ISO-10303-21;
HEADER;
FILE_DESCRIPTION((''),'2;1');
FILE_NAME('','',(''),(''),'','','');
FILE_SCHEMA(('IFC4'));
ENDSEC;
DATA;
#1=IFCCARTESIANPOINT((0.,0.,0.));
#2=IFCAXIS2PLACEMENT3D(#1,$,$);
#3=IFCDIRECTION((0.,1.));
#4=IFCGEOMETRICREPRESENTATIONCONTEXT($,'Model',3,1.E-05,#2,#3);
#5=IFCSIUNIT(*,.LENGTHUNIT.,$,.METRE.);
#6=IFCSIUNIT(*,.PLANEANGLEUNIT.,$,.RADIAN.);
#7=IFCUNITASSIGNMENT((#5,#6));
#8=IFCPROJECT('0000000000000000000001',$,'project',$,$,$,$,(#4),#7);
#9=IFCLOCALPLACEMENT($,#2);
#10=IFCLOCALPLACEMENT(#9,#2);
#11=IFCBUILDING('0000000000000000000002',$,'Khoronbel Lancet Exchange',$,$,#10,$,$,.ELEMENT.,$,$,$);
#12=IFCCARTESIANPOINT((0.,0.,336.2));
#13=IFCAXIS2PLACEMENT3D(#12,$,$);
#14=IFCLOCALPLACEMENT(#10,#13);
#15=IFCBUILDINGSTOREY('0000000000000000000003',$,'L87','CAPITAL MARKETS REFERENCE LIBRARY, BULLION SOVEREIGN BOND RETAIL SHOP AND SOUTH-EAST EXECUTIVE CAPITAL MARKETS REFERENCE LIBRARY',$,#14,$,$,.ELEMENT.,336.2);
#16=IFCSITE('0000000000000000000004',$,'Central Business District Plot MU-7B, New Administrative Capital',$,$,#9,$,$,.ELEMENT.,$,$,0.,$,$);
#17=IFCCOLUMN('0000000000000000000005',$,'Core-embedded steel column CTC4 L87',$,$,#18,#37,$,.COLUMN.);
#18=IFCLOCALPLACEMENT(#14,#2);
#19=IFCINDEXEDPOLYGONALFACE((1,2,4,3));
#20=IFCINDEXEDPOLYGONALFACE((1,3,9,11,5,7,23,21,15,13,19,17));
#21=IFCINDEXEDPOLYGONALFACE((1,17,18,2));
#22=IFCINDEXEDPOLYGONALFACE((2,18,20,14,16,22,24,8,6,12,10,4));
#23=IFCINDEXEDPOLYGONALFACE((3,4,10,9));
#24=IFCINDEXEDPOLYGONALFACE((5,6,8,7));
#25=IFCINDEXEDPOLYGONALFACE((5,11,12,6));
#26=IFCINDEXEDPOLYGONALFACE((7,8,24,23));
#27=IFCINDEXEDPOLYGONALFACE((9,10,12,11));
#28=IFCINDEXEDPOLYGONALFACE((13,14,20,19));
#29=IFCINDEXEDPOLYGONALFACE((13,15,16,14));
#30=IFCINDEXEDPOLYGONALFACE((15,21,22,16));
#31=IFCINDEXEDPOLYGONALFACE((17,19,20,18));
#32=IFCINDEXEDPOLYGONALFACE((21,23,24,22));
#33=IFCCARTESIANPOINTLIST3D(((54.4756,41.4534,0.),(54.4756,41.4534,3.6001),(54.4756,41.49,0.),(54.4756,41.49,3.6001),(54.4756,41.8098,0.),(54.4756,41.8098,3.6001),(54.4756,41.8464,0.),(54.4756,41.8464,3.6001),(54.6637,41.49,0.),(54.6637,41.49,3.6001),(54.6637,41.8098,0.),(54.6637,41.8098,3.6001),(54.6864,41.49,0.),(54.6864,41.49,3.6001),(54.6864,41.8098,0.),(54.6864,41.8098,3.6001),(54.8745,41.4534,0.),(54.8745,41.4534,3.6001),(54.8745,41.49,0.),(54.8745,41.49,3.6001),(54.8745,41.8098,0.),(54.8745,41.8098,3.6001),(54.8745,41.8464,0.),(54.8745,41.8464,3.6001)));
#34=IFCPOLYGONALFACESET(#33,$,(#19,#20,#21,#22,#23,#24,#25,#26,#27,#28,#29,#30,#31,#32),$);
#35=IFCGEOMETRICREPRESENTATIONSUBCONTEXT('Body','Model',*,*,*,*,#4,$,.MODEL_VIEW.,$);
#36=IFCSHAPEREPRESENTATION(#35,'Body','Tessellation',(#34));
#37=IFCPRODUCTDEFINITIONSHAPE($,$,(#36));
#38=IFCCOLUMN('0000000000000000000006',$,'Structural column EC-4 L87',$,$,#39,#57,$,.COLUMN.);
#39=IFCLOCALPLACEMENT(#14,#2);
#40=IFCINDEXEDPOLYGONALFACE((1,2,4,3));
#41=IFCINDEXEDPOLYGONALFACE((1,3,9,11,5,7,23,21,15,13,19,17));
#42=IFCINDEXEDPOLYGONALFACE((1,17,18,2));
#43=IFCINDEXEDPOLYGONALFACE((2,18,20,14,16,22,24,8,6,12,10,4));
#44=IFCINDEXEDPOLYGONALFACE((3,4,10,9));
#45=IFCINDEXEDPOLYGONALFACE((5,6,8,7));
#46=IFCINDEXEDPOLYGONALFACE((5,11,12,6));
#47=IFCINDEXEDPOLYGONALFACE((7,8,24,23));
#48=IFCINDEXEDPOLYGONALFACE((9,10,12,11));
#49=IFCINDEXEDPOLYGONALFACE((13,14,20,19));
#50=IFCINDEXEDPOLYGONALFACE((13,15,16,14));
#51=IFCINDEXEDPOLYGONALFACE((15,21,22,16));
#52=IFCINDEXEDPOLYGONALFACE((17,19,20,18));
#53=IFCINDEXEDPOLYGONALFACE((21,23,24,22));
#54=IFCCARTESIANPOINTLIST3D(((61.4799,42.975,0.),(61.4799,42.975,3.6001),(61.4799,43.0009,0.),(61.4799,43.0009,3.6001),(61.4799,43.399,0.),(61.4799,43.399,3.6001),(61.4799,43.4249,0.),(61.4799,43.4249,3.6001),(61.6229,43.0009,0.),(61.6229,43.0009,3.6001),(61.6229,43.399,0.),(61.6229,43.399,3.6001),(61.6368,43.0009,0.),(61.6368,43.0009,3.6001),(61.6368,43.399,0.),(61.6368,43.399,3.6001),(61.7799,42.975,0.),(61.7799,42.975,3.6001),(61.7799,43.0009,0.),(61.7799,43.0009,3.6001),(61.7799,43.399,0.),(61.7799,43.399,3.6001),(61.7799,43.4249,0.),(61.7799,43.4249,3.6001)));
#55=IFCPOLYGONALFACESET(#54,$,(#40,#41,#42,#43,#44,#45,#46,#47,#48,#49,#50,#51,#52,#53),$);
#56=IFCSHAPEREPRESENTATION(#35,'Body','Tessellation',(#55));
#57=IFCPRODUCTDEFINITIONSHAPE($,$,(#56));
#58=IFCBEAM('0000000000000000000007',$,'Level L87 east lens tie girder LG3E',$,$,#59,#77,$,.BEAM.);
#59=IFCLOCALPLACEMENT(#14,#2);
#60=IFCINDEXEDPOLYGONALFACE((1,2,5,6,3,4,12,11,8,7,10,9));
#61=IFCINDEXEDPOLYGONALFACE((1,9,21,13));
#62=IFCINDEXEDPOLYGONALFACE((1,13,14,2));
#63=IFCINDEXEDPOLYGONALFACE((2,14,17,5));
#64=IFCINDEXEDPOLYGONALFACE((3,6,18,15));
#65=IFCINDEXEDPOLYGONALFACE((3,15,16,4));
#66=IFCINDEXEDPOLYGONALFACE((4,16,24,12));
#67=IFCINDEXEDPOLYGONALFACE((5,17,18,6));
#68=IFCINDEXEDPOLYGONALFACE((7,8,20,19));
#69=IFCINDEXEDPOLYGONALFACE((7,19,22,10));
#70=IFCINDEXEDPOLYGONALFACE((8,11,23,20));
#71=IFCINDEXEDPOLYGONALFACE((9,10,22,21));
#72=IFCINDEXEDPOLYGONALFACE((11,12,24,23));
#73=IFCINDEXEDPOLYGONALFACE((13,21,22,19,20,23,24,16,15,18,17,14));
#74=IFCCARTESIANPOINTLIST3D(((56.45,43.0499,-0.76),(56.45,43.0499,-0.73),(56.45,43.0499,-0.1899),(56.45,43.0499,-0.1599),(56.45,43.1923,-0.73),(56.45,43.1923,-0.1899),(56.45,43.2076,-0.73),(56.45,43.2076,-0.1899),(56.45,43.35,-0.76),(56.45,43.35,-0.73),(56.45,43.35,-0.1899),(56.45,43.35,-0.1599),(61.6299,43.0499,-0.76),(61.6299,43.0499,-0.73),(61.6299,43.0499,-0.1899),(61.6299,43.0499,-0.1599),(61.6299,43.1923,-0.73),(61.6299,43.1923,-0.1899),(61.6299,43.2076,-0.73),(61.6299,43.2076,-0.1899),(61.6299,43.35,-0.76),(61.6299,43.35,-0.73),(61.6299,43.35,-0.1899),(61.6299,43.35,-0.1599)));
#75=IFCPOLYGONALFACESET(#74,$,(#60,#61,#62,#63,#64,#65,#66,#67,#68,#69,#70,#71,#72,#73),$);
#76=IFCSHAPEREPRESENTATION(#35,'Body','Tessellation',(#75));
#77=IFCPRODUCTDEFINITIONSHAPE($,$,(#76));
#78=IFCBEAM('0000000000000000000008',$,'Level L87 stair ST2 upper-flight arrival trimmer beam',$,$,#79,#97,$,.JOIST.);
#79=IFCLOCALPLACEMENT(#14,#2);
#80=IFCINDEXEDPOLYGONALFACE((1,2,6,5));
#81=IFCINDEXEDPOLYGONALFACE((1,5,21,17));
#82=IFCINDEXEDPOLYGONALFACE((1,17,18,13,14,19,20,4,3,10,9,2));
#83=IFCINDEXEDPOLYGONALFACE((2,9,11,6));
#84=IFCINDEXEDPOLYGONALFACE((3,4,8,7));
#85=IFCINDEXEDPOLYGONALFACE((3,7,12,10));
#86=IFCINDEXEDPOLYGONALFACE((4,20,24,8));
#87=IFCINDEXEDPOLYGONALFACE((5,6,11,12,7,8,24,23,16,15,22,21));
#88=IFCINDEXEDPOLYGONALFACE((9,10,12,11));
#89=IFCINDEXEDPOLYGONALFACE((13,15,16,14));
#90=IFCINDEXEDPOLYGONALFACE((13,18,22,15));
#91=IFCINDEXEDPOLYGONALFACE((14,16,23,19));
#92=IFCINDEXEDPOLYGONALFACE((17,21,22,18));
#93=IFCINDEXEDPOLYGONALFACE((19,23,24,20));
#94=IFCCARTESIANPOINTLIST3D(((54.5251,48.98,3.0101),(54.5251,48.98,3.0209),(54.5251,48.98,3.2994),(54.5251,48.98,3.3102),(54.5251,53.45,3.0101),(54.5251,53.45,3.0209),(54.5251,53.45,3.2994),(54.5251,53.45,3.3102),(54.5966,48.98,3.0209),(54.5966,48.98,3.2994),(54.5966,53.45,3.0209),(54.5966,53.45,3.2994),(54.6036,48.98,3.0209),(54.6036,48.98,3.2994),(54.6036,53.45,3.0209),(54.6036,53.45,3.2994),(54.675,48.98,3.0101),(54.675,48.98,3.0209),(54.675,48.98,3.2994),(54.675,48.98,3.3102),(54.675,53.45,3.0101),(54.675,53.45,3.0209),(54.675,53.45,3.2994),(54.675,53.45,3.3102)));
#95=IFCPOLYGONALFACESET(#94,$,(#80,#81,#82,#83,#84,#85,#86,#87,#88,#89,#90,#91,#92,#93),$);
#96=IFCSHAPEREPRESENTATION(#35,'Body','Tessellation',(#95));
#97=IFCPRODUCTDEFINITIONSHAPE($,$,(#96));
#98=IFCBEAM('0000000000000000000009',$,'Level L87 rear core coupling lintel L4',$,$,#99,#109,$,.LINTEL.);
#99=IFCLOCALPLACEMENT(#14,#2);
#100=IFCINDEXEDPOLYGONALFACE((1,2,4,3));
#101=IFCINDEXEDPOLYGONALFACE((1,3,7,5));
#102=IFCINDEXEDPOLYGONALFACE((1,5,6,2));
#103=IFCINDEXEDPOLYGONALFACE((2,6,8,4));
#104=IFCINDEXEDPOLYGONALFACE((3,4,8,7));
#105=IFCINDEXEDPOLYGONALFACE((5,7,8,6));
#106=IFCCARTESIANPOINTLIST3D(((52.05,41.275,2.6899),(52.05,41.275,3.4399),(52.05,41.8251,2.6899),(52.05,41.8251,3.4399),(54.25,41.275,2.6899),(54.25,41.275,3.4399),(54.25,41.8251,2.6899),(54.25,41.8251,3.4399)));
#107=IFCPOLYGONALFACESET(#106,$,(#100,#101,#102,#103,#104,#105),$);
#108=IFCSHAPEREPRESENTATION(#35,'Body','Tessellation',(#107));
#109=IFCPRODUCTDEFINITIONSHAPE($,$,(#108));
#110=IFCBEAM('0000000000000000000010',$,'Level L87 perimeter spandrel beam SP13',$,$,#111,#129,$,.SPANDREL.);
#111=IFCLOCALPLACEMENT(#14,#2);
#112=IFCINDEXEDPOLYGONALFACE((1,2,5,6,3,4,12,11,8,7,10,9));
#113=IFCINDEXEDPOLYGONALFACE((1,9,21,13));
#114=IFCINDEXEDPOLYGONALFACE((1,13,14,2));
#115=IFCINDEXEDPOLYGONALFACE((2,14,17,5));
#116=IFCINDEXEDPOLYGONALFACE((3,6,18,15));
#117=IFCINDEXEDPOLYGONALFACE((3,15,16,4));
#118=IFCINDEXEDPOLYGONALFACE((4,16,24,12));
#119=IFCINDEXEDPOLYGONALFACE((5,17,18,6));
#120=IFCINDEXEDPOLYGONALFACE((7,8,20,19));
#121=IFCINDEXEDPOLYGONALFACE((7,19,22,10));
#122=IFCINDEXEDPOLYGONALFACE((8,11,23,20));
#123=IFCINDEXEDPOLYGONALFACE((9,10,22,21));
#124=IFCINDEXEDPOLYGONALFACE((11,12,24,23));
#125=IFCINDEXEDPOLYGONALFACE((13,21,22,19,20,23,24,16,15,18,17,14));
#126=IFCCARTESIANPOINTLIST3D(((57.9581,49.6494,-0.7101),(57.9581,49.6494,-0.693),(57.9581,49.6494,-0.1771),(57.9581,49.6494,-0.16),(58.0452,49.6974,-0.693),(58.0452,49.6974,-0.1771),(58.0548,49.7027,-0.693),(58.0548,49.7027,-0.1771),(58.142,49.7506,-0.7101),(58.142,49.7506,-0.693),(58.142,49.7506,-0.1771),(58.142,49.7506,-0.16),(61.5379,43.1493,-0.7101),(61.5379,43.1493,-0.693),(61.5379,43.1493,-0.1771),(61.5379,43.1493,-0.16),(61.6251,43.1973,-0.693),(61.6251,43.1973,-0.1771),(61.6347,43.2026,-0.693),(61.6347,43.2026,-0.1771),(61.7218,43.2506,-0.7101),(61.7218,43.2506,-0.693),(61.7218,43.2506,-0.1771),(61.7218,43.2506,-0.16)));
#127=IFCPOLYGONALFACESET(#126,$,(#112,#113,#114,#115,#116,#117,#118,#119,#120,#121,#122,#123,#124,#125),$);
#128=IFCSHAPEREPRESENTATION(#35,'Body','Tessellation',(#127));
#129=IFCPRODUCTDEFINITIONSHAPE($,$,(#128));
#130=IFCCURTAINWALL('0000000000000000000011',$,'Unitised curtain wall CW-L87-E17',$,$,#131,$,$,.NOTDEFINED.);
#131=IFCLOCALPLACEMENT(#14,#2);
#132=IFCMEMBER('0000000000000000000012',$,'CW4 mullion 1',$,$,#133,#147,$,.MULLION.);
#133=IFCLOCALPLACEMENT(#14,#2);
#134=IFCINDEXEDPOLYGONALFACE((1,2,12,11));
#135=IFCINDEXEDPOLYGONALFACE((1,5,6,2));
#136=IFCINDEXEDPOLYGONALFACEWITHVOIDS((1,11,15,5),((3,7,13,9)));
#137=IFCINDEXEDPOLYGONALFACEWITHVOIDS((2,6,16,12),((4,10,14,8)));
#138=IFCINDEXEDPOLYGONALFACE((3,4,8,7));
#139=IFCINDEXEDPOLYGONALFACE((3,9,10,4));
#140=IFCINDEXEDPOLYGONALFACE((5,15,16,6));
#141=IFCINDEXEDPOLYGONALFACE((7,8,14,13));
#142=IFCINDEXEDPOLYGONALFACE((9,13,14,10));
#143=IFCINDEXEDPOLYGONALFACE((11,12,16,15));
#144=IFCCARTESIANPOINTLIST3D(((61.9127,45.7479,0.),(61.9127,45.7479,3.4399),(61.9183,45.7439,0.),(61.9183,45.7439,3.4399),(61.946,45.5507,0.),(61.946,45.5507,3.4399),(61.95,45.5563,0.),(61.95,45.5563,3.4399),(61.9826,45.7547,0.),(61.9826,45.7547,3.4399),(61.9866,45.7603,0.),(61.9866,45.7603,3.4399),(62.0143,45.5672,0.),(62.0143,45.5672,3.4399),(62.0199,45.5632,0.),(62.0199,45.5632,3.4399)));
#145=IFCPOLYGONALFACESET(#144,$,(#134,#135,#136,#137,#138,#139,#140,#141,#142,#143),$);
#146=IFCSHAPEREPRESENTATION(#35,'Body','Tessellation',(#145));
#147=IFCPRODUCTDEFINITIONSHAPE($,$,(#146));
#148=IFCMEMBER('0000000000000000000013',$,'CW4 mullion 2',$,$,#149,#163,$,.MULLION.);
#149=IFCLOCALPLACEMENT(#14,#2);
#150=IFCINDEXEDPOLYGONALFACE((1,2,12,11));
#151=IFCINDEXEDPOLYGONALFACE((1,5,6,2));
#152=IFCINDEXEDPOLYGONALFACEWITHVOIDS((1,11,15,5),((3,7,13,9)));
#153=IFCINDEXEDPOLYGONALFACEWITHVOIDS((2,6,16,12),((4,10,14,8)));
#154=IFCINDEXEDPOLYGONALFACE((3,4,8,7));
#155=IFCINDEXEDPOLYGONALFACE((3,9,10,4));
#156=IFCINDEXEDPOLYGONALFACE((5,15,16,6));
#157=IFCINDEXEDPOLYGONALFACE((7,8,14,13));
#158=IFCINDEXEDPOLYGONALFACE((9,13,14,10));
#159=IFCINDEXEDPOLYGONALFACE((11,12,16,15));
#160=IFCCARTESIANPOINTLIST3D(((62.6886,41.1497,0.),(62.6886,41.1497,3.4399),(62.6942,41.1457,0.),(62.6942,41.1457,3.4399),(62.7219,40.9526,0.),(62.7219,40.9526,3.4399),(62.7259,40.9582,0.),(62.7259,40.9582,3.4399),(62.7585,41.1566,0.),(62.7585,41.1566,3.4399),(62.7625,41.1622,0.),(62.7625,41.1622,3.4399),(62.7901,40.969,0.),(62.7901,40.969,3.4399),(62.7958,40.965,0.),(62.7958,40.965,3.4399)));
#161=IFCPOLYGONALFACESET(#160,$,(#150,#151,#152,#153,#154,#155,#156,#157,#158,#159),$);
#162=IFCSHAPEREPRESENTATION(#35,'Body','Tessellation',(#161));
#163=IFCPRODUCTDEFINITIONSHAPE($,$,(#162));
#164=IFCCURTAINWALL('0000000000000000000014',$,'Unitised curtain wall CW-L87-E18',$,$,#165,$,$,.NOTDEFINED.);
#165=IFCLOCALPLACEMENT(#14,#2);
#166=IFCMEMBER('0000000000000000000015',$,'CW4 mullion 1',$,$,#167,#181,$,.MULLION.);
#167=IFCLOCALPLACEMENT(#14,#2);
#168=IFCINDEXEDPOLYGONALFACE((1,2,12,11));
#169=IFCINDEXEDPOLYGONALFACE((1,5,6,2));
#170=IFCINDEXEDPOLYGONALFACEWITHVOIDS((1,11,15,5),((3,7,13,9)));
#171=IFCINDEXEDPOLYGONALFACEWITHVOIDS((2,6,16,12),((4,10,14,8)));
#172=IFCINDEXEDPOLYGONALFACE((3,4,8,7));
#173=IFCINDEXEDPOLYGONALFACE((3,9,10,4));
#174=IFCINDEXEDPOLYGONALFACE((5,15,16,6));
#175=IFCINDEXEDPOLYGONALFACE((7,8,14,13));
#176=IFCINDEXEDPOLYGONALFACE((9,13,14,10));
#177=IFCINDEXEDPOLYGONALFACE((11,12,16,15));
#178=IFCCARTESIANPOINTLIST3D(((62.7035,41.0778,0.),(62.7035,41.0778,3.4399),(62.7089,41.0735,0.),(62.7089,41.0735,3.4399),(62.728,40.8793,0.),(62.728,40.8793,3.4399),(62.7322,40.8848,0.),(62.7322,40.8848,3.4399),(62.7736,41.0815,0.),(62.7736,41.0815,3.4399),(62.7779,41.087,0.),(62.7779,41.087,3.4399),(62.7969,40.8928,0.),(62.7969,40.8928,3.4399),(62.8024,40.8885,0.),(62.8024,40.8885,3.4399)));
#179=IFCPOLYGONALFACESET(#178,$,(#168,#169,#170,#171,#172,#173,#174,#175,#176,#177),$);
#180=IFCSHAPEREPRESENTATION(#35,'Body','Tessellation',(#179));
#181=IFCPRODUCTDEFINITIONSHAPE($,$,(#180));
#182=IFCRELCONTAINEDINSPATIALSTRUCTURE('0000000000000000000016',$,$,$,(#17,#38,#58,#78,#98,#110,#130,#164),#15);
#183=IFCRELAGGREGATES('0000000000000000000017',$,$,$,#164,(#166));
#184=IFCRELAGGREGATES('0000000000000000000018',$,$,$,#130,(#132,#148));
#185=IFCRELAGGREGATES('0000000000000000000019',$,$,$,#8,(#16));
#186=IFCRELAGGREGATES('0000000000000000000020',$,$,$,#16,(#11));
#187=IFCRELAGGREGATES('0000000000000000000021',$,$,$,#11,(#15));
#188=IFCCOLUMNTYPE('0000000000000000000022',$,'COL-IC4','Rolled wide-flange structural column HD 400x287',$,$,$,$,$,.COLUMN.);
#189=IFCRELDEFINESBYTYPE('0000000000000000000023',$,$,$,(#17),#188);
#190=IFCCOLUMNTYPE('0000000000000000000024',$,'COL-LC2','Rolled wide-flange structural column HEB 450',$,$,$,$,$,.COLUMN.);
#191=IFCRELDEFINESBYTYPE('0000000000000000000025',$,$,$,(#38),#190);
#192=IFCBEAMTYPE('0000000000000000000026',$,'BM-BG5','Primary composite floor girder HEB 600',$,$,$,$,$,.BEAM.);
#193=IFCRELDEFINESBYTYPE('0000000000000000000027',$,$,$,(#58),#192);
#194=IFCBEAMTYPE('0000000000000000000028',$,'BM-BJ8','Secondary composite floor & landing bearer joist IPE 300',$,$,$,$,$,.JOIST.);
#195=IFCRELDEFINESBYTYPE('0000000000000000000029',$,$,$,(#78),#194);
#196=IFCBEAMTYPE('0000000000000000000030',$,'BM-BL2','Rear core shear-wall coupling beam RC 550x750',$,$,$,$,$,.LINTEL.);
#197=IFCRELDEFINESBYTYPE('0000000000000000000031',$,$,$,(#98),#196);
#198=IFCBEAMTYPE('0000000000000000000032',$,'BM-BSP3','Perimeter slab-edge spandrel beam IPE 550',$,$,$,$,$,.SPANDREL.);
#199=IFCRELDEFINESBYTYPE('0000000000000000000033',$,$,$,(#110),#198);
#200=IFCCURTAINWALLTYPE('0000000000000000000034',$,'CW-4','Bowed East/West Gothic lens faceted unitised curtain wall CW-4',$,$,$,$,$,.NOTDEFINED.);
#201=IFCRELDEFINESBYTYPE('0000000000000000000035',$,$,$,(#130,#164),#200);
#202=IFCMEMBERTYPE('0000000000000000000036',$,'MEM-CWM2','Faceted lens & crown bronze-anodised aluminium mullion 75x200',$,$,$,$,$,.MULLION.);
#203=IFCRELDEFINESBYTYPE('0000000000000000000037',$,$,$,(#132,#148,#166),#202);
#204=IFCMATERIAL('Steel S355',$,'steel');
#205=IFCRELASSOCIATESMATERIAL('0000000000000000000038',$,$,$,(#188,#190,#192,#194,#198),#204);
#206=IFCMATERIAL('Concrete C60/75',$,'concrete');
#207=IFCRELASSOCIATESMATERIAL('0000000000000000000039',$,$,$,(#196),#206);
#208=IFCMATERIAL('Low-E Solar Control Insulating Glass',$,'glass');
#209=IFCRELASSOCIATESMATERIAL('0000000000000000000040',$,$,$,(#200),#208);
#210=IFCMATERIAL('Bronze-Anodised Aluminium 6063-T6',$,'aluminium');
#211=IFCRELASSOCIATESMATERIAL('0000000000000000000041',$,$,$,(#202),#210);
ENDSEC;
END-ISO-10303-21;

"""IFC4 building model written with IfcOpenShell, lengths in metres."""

from ifc_helpers import new_model, si_unit, direction, frame, origin, origin_2d, place, context, subcontext, project, spatial, rectangle, hollow_rectangle, i_section, extrude, material, material_profile, profile_set, type_object, element, aggregate, save


model = new_model("IFC4")

# Units and contexts
model_context = context("Model", 3, precision=1e-05, world=origin(), true_north=direction((0.0, 1.0)))
body_context = subcontext(model_context, "Body", "Model", "MODEL_VIEW")
ifc_project = project(units=[si_unit("LENGTHUNIT", "METRE"), si_unit("PLANEANGLEUNIT", "RADIAN")], contexts=[model_context])

# Site, building, storey
site_placement = place(None, origin())
site = spatial("IfcSite", under=ifc_project, at=site_placement, Name="Central Business District Plot MU-7B, New Administrative Capital", CompositionType="ELEMENT", RefElevation=0.0)
building_placement = place(site_placement, origin())
building = spatial("IfcBuilding", under=site, at=building_placement, Name="Khoronbel Lancet Exchange", CompositionType="ELEMENT")
storey_placement = place(building_placement, frame((0.0, 0.0, 336.2)))
storey = spatial("IfcBuildingStorey", under=building, at=storey_placement, Name="L87", Description="CAPITAL MARKETS REFERENCE LIBRARY, BULLION SOVEREIGN BOND RETAIL SHOP AND SOUTH-EAST EXECUTIVE CAPITAL MARKETS REFERENCE LIBRARY", CompositionType="ELEMENT", Elevation=336.2)

# Columns
ifc_material_1 = material(Name="Steel S355", Category="steel")
ifc_material_profile_1 = material_profile(ifc_material_1, i_section(OverallWidth=0.3989, OverallDepth=0.3931, WebThickness=0.0227, FlangeThickness=0.0366, at=origin_2d()), Name="HD 400x287")
ifc_profile_set_1 = profile_set([ifc_material_profile_1], Name="Steel S355")
column_type_1 = type_object("IfcColumnType", Name="COL-IC4", Description="Rolled wide-flange structural column HD 400x287", PredefinedType="COLUMN", material=ifc_profile_set_1)
column_1_placement = place(storey_placement, frame((54.675, 41.6499, 0.0), z_axis=(0.0, 0.0, 1.0), x_axis=(1.0, 0.0, 0.0)))
element("IfcColumn", 1, at=column_1_placement, inside=storey, type_object=column_type_1, Name="Core-embedded steel column CTC4 L87", PredefinedType="COLUMN", context=body_context, shape_type="SweptSolid", body=[
    extrude(i_section(OverallWidth=0.3989, OverallDepth=0.3931, WebThickness=0.0227, FlangeThickness=0.0366, at=origin_2d()), origin(), (0.0, 0.0, 1.0), 3.6001),
])
ifc_material_profile_2 = material_profile(ifc_material_1, i_section(OverallWidth=0.3, OverallDepth=0.45, WebThickness=0.0139, FlangeThickness=0.0259, at=origin_2d()), Name="HEB 450")
ifc_profile_set_2 = profile_set([ifc_material_profile_2], Name="Steel S355")
column_type_2 = type_object("IfcColumnType", Name="COL-LC2", Description="Rolled wide-flange structural column HEB 450", PredefinedType="COLUMN", material=ifc_profile_set_2)
column_2_placement = place(storey_placement, frame((61.6299, 43.2, 0.0), z_axis=(0.0, 0.0, 1.0), x_axis=(1.0, 0.0, 0.0)))
element("IfcColumn", 2, at=column_2_placement, inside=storey, type_object=column_type_2, Name="Structural column EC-4 L87", PredefinedType="COLUMN", context=body_context, shape_type="SweptSolid", body=[
    extrude(i_section(OverallWidth=0.3, OverallDepth=0.45, WebThickness=0.0139, FlangeThickness=0.0259, at=origin_2d()), origin(), (0.0, 0.0, 1.0), 3.6001),
])

# Beams
ifc_material_profile_3 = material_profile(ifc_material_1, i_section(OverallWidth=0.3, OverallDepth=0.6001, WebThickness=0.0154, FlangeThickness=0.03, at=origin_2d()), Name="HEB 600")
ifc_profile_set_3 = profile_set([ifc_material_profile_3], Name="Steel S355")
beam_type_1 = type_object("IfcBeamType", Name="BM-BG5", Description="Primary composite floor girder HEB 600", PredefinedType="BEAM", material=ifc_profile_set_3)
beam_1_placement = place(storey_placement, frame((56.45, 43.2, -0.46), z_axis=(1.0, 0.0, 0.0), x_axis=(0.0, 1.0, 0.0)))
element("IfcBeam", 3, at=beam_1_placement, inside=storey, type_object=beam_type_1, Name="Level L87 east lens tie girder LG3E", PredefinedType="BEAM", context=body_context, shape_type="SweptSolid", body=[
    extrude(i_section(OverallWidth=0.3, OverallDepth=0.6001, WebThickness=0.0154, FlangeThickness=0.03, at=origin_2d()), origin(), (0.0, 0.0, 1.0), 5.1799),
])
ifc_material_profile_4 = material_profile(ifc_material_1, i_section(OverallWidth=0.1499, OverallDepth=0.3, WebThickness=0.0071, FlangeThickness=0.0107, at=origin_2d()), Name="IPE 300")
ifc_profile_set_4 = profile_set([ifc_material_profile_4], Name="Steel S355")
beam_type_2 = type_object("IfcBeamType", Name="BM-BJ8", Description="Secondary composite floor & landing bearer joist IPE 300", PredefinedType="JOIST", material=ifc_profile_set_4)
beam_2_placement = place(storey_placement, frame((54.6001, 48.98, 3.1602), z_axis=(0.0, 1.0, 0.0), x_axis=(-1.0, 0.0, 0.0)))
element("IfcBeam", 4, at=beam_2_placement, inside=storey, type_object=beam_type_2, Name="Level L87 stair ST2 upper-flight arrival trimmer beam", PredefinedType="JOIST", context=body_context, shape_type="SweptSolid", body=[
    extrude(i_section(OverallWidth=0.1499, OverallDepth=0.3, WebThickness=0.0071, FlangeThickness=0.0107, at=origin_2d()), origin(), (0.0, 0.0, 1.0), 4.47),
])
ifc_material_2 = material(Name="Concrete C60/75", Category="concrete")
ifc_material_profile_5 = material_profile(ifc_material_2, rectangle(XDim=0.55, YDim=0.75, at=origin_2d()), Name="RC 550x750")
ifc_profile_set_5 = profile_set([ifc_material_profile_5], Name="Concrete C60/75")
beam_type_3 = type_object("IfcBeamType", Name="BM-BL2", Description="Rear core shear-wall coupling beam RC 550x750", PredefinedType="LINTEL", material=ifc_profile_set_5)
beam_3_placement = place(storey_placement, frame((52.05, 41.55, 3.0649), z_axis=(1.0, 0.0, 0.0), x_axis=(0.0, 1.0, 0.0)))
element("IfcBeam", 5, at=beam_3_placement, inside=storey, type_object=beam_type_3, Name="Level L87 rear core coupling lintel L4", PredefinedType="LINTEL", context=body_context, shape_type="SweptSolid", body=[
    extrude(rectangle(XDim=0.55, YDim=0.75, at=origin_2d()), origin(), (0.0, 0.0, 1.0), 2.2),
])
ifc_material_profile_6 = material_profile(ifc_material_1, i_section(OverallWidth=0.21, OverallDepth=0.55, WebThickness=0.011, FlangeThickness=0.0171, at=origin_2d()), Name="IPE 550")
ifc_profile_set_6 = profile_set([ifc_material_profile_6], Name="Steel S355")
beam_type_4 = type_object("IfcBeamType", Name="BM-BSP3", Description="Perimeter slab-edge spandrel beam IPE 550", PredefinedType="SPANDREL", material=ifc_profile_set_6)
beam_4_placement = place(storey_placement, frame((61.6299, 43.2, -0.4351), z_axis=(-0.482419, 0.875941, 0.0), x_axis=(-0.875941, -0.482419, 0.0)))
element("IfcBeam", 6, at=beam_4_placement, inside=storey, type_object=beam_type_4, Name="Level L87 perimeter spandrel beam SP13", PredefinedType="SPANDREL", context=body_context, shape_type="SweptSolid", body=[
    extrude(i_section(OverallWidth=0.21, OverallDepth=0.55, WebThickness=0.011, FlangeThickness=0.0171, at=origin_2d()), origin(), (0.0, 0.0, 1.0), 7.4207),
])

# Curtain walls, members
ifc_material_3 = material(Name="Low-E Solar Control Insulating Glass", Category="glass")
curtain_wall_type = type_object("IfcCurtainWallType", Name="CW-4", Description="Bowed East/West Gothic lens faceted unitised curtain wall CW-4", PredefinedType="NOTDEFINED", material=ifc_material_3)
curtain_wall_1_placement = place(storey_placement, origin())
curtain_wall_1 = element("IfcCurtainWall", 7, at=curtain_wall_1_placement, inside=storey, type_object=curtain_wall_type, Name="Unitised curtain wall CW-L87-E17", PredefinedType="NOTDEFINED")
ifc_material_4 = material(Name="Bronze-Anodised Aluminium 6063-T6", Category="aluminium")
ifc_material_profile_7 = material_profile(ifc_material_4, hollow_rectangle(XDim=0.075, YDim=0.2, WallThickness=0.0049, at=origin_2d()), Name="ALU MULLION 75x200")
ifc_profile_set_7 = profile_set([ifc_material_profile_7], Name="Bronze-Anodised Aluminium 6063-T6")
member_type_1 = type_object("IfcMemberType", Name="MEM-CWM2", Description="Faceted lens & crown bronze-anodised aluminium mullion 75x200", PredefinedType="MULLION", material=ifc_profile_set_7)
member_1_placement = place(storey_placement, frame((61.9663, 45.6555, 0.0), z_axis=(0.0, 0.0, 1.0), x_axis=(0.98606, 0.16639, 0.0)))
member_1 = element("IfcMember", 8, at=member_1_placement, type_object=member_type_1, Name="CW4 mullion 1", PredefinedType="MULLION", context=body_context, shape_type="SweptSolid", body=[
    extrude(hollow_rectangle(XDim=0.075, YDim=0.2, WallThickness=0.0049, at=origin_2d()), origin(), (0.0, 0.0, 1.0), 3.4399),
])
member_2_placement = place(storey_placement, frame((62.7422, 41.0574, 0.0), z_axis=(0.0, 0.0, 1.0), x_axis=(0.98606, 0.16639, 0.0)))
member_2 = element("IfcMember", 9, at=member_2_placement, type_object=member_type_1, Name="CW4 mullion 2", PredefinedType="MULLION", context=body_context, shape_type="SweptSolid", body=[
    extrude(hollow_rectangle(XDim=0.075, YDim=0.2, WallThickness=0.0049, at=origin_2d()), origin(), (0.0, 0.0, 1.0), 3.4399),
])
curtain_wall_2_placement = place(storey_placement, origin())
curtain_wall_2 = element("IfcCurtainWall", 10, at=curtain_wall_2_placement, inside=storey, type_object=curtain_wall_type, Name="Unitised curtain wall CW-L87-E18", PredefinedType="NOTDEFINED")
member_3_placement = place(storey_placement, frame((62.7529, 40.9832, 0.0), z_axis=(0.0, 0.0, 1.0), x_axis=(0.992456, 0.122599, 0.0)))
member_3 = element("IfcMember", 11, at=member_3_placement, type_object=member_type_1, Name="CW4 mullion 1", PredefinedType="MULLION", context=body_context, shape_type="SweptSolid", body=[
    extrude(hollow_rectangle(XDim=0.075, YDim=0.2, WallThickness=0.0049, at=origin_2d()), origin(), (0.0, 0.0, 1.0), 3.4399),
])

aggregate(curtain_wall_2, [member_3])
aggregate(curtain_wall_1, [member_1, member_2])

save(model, "model.ifc")
